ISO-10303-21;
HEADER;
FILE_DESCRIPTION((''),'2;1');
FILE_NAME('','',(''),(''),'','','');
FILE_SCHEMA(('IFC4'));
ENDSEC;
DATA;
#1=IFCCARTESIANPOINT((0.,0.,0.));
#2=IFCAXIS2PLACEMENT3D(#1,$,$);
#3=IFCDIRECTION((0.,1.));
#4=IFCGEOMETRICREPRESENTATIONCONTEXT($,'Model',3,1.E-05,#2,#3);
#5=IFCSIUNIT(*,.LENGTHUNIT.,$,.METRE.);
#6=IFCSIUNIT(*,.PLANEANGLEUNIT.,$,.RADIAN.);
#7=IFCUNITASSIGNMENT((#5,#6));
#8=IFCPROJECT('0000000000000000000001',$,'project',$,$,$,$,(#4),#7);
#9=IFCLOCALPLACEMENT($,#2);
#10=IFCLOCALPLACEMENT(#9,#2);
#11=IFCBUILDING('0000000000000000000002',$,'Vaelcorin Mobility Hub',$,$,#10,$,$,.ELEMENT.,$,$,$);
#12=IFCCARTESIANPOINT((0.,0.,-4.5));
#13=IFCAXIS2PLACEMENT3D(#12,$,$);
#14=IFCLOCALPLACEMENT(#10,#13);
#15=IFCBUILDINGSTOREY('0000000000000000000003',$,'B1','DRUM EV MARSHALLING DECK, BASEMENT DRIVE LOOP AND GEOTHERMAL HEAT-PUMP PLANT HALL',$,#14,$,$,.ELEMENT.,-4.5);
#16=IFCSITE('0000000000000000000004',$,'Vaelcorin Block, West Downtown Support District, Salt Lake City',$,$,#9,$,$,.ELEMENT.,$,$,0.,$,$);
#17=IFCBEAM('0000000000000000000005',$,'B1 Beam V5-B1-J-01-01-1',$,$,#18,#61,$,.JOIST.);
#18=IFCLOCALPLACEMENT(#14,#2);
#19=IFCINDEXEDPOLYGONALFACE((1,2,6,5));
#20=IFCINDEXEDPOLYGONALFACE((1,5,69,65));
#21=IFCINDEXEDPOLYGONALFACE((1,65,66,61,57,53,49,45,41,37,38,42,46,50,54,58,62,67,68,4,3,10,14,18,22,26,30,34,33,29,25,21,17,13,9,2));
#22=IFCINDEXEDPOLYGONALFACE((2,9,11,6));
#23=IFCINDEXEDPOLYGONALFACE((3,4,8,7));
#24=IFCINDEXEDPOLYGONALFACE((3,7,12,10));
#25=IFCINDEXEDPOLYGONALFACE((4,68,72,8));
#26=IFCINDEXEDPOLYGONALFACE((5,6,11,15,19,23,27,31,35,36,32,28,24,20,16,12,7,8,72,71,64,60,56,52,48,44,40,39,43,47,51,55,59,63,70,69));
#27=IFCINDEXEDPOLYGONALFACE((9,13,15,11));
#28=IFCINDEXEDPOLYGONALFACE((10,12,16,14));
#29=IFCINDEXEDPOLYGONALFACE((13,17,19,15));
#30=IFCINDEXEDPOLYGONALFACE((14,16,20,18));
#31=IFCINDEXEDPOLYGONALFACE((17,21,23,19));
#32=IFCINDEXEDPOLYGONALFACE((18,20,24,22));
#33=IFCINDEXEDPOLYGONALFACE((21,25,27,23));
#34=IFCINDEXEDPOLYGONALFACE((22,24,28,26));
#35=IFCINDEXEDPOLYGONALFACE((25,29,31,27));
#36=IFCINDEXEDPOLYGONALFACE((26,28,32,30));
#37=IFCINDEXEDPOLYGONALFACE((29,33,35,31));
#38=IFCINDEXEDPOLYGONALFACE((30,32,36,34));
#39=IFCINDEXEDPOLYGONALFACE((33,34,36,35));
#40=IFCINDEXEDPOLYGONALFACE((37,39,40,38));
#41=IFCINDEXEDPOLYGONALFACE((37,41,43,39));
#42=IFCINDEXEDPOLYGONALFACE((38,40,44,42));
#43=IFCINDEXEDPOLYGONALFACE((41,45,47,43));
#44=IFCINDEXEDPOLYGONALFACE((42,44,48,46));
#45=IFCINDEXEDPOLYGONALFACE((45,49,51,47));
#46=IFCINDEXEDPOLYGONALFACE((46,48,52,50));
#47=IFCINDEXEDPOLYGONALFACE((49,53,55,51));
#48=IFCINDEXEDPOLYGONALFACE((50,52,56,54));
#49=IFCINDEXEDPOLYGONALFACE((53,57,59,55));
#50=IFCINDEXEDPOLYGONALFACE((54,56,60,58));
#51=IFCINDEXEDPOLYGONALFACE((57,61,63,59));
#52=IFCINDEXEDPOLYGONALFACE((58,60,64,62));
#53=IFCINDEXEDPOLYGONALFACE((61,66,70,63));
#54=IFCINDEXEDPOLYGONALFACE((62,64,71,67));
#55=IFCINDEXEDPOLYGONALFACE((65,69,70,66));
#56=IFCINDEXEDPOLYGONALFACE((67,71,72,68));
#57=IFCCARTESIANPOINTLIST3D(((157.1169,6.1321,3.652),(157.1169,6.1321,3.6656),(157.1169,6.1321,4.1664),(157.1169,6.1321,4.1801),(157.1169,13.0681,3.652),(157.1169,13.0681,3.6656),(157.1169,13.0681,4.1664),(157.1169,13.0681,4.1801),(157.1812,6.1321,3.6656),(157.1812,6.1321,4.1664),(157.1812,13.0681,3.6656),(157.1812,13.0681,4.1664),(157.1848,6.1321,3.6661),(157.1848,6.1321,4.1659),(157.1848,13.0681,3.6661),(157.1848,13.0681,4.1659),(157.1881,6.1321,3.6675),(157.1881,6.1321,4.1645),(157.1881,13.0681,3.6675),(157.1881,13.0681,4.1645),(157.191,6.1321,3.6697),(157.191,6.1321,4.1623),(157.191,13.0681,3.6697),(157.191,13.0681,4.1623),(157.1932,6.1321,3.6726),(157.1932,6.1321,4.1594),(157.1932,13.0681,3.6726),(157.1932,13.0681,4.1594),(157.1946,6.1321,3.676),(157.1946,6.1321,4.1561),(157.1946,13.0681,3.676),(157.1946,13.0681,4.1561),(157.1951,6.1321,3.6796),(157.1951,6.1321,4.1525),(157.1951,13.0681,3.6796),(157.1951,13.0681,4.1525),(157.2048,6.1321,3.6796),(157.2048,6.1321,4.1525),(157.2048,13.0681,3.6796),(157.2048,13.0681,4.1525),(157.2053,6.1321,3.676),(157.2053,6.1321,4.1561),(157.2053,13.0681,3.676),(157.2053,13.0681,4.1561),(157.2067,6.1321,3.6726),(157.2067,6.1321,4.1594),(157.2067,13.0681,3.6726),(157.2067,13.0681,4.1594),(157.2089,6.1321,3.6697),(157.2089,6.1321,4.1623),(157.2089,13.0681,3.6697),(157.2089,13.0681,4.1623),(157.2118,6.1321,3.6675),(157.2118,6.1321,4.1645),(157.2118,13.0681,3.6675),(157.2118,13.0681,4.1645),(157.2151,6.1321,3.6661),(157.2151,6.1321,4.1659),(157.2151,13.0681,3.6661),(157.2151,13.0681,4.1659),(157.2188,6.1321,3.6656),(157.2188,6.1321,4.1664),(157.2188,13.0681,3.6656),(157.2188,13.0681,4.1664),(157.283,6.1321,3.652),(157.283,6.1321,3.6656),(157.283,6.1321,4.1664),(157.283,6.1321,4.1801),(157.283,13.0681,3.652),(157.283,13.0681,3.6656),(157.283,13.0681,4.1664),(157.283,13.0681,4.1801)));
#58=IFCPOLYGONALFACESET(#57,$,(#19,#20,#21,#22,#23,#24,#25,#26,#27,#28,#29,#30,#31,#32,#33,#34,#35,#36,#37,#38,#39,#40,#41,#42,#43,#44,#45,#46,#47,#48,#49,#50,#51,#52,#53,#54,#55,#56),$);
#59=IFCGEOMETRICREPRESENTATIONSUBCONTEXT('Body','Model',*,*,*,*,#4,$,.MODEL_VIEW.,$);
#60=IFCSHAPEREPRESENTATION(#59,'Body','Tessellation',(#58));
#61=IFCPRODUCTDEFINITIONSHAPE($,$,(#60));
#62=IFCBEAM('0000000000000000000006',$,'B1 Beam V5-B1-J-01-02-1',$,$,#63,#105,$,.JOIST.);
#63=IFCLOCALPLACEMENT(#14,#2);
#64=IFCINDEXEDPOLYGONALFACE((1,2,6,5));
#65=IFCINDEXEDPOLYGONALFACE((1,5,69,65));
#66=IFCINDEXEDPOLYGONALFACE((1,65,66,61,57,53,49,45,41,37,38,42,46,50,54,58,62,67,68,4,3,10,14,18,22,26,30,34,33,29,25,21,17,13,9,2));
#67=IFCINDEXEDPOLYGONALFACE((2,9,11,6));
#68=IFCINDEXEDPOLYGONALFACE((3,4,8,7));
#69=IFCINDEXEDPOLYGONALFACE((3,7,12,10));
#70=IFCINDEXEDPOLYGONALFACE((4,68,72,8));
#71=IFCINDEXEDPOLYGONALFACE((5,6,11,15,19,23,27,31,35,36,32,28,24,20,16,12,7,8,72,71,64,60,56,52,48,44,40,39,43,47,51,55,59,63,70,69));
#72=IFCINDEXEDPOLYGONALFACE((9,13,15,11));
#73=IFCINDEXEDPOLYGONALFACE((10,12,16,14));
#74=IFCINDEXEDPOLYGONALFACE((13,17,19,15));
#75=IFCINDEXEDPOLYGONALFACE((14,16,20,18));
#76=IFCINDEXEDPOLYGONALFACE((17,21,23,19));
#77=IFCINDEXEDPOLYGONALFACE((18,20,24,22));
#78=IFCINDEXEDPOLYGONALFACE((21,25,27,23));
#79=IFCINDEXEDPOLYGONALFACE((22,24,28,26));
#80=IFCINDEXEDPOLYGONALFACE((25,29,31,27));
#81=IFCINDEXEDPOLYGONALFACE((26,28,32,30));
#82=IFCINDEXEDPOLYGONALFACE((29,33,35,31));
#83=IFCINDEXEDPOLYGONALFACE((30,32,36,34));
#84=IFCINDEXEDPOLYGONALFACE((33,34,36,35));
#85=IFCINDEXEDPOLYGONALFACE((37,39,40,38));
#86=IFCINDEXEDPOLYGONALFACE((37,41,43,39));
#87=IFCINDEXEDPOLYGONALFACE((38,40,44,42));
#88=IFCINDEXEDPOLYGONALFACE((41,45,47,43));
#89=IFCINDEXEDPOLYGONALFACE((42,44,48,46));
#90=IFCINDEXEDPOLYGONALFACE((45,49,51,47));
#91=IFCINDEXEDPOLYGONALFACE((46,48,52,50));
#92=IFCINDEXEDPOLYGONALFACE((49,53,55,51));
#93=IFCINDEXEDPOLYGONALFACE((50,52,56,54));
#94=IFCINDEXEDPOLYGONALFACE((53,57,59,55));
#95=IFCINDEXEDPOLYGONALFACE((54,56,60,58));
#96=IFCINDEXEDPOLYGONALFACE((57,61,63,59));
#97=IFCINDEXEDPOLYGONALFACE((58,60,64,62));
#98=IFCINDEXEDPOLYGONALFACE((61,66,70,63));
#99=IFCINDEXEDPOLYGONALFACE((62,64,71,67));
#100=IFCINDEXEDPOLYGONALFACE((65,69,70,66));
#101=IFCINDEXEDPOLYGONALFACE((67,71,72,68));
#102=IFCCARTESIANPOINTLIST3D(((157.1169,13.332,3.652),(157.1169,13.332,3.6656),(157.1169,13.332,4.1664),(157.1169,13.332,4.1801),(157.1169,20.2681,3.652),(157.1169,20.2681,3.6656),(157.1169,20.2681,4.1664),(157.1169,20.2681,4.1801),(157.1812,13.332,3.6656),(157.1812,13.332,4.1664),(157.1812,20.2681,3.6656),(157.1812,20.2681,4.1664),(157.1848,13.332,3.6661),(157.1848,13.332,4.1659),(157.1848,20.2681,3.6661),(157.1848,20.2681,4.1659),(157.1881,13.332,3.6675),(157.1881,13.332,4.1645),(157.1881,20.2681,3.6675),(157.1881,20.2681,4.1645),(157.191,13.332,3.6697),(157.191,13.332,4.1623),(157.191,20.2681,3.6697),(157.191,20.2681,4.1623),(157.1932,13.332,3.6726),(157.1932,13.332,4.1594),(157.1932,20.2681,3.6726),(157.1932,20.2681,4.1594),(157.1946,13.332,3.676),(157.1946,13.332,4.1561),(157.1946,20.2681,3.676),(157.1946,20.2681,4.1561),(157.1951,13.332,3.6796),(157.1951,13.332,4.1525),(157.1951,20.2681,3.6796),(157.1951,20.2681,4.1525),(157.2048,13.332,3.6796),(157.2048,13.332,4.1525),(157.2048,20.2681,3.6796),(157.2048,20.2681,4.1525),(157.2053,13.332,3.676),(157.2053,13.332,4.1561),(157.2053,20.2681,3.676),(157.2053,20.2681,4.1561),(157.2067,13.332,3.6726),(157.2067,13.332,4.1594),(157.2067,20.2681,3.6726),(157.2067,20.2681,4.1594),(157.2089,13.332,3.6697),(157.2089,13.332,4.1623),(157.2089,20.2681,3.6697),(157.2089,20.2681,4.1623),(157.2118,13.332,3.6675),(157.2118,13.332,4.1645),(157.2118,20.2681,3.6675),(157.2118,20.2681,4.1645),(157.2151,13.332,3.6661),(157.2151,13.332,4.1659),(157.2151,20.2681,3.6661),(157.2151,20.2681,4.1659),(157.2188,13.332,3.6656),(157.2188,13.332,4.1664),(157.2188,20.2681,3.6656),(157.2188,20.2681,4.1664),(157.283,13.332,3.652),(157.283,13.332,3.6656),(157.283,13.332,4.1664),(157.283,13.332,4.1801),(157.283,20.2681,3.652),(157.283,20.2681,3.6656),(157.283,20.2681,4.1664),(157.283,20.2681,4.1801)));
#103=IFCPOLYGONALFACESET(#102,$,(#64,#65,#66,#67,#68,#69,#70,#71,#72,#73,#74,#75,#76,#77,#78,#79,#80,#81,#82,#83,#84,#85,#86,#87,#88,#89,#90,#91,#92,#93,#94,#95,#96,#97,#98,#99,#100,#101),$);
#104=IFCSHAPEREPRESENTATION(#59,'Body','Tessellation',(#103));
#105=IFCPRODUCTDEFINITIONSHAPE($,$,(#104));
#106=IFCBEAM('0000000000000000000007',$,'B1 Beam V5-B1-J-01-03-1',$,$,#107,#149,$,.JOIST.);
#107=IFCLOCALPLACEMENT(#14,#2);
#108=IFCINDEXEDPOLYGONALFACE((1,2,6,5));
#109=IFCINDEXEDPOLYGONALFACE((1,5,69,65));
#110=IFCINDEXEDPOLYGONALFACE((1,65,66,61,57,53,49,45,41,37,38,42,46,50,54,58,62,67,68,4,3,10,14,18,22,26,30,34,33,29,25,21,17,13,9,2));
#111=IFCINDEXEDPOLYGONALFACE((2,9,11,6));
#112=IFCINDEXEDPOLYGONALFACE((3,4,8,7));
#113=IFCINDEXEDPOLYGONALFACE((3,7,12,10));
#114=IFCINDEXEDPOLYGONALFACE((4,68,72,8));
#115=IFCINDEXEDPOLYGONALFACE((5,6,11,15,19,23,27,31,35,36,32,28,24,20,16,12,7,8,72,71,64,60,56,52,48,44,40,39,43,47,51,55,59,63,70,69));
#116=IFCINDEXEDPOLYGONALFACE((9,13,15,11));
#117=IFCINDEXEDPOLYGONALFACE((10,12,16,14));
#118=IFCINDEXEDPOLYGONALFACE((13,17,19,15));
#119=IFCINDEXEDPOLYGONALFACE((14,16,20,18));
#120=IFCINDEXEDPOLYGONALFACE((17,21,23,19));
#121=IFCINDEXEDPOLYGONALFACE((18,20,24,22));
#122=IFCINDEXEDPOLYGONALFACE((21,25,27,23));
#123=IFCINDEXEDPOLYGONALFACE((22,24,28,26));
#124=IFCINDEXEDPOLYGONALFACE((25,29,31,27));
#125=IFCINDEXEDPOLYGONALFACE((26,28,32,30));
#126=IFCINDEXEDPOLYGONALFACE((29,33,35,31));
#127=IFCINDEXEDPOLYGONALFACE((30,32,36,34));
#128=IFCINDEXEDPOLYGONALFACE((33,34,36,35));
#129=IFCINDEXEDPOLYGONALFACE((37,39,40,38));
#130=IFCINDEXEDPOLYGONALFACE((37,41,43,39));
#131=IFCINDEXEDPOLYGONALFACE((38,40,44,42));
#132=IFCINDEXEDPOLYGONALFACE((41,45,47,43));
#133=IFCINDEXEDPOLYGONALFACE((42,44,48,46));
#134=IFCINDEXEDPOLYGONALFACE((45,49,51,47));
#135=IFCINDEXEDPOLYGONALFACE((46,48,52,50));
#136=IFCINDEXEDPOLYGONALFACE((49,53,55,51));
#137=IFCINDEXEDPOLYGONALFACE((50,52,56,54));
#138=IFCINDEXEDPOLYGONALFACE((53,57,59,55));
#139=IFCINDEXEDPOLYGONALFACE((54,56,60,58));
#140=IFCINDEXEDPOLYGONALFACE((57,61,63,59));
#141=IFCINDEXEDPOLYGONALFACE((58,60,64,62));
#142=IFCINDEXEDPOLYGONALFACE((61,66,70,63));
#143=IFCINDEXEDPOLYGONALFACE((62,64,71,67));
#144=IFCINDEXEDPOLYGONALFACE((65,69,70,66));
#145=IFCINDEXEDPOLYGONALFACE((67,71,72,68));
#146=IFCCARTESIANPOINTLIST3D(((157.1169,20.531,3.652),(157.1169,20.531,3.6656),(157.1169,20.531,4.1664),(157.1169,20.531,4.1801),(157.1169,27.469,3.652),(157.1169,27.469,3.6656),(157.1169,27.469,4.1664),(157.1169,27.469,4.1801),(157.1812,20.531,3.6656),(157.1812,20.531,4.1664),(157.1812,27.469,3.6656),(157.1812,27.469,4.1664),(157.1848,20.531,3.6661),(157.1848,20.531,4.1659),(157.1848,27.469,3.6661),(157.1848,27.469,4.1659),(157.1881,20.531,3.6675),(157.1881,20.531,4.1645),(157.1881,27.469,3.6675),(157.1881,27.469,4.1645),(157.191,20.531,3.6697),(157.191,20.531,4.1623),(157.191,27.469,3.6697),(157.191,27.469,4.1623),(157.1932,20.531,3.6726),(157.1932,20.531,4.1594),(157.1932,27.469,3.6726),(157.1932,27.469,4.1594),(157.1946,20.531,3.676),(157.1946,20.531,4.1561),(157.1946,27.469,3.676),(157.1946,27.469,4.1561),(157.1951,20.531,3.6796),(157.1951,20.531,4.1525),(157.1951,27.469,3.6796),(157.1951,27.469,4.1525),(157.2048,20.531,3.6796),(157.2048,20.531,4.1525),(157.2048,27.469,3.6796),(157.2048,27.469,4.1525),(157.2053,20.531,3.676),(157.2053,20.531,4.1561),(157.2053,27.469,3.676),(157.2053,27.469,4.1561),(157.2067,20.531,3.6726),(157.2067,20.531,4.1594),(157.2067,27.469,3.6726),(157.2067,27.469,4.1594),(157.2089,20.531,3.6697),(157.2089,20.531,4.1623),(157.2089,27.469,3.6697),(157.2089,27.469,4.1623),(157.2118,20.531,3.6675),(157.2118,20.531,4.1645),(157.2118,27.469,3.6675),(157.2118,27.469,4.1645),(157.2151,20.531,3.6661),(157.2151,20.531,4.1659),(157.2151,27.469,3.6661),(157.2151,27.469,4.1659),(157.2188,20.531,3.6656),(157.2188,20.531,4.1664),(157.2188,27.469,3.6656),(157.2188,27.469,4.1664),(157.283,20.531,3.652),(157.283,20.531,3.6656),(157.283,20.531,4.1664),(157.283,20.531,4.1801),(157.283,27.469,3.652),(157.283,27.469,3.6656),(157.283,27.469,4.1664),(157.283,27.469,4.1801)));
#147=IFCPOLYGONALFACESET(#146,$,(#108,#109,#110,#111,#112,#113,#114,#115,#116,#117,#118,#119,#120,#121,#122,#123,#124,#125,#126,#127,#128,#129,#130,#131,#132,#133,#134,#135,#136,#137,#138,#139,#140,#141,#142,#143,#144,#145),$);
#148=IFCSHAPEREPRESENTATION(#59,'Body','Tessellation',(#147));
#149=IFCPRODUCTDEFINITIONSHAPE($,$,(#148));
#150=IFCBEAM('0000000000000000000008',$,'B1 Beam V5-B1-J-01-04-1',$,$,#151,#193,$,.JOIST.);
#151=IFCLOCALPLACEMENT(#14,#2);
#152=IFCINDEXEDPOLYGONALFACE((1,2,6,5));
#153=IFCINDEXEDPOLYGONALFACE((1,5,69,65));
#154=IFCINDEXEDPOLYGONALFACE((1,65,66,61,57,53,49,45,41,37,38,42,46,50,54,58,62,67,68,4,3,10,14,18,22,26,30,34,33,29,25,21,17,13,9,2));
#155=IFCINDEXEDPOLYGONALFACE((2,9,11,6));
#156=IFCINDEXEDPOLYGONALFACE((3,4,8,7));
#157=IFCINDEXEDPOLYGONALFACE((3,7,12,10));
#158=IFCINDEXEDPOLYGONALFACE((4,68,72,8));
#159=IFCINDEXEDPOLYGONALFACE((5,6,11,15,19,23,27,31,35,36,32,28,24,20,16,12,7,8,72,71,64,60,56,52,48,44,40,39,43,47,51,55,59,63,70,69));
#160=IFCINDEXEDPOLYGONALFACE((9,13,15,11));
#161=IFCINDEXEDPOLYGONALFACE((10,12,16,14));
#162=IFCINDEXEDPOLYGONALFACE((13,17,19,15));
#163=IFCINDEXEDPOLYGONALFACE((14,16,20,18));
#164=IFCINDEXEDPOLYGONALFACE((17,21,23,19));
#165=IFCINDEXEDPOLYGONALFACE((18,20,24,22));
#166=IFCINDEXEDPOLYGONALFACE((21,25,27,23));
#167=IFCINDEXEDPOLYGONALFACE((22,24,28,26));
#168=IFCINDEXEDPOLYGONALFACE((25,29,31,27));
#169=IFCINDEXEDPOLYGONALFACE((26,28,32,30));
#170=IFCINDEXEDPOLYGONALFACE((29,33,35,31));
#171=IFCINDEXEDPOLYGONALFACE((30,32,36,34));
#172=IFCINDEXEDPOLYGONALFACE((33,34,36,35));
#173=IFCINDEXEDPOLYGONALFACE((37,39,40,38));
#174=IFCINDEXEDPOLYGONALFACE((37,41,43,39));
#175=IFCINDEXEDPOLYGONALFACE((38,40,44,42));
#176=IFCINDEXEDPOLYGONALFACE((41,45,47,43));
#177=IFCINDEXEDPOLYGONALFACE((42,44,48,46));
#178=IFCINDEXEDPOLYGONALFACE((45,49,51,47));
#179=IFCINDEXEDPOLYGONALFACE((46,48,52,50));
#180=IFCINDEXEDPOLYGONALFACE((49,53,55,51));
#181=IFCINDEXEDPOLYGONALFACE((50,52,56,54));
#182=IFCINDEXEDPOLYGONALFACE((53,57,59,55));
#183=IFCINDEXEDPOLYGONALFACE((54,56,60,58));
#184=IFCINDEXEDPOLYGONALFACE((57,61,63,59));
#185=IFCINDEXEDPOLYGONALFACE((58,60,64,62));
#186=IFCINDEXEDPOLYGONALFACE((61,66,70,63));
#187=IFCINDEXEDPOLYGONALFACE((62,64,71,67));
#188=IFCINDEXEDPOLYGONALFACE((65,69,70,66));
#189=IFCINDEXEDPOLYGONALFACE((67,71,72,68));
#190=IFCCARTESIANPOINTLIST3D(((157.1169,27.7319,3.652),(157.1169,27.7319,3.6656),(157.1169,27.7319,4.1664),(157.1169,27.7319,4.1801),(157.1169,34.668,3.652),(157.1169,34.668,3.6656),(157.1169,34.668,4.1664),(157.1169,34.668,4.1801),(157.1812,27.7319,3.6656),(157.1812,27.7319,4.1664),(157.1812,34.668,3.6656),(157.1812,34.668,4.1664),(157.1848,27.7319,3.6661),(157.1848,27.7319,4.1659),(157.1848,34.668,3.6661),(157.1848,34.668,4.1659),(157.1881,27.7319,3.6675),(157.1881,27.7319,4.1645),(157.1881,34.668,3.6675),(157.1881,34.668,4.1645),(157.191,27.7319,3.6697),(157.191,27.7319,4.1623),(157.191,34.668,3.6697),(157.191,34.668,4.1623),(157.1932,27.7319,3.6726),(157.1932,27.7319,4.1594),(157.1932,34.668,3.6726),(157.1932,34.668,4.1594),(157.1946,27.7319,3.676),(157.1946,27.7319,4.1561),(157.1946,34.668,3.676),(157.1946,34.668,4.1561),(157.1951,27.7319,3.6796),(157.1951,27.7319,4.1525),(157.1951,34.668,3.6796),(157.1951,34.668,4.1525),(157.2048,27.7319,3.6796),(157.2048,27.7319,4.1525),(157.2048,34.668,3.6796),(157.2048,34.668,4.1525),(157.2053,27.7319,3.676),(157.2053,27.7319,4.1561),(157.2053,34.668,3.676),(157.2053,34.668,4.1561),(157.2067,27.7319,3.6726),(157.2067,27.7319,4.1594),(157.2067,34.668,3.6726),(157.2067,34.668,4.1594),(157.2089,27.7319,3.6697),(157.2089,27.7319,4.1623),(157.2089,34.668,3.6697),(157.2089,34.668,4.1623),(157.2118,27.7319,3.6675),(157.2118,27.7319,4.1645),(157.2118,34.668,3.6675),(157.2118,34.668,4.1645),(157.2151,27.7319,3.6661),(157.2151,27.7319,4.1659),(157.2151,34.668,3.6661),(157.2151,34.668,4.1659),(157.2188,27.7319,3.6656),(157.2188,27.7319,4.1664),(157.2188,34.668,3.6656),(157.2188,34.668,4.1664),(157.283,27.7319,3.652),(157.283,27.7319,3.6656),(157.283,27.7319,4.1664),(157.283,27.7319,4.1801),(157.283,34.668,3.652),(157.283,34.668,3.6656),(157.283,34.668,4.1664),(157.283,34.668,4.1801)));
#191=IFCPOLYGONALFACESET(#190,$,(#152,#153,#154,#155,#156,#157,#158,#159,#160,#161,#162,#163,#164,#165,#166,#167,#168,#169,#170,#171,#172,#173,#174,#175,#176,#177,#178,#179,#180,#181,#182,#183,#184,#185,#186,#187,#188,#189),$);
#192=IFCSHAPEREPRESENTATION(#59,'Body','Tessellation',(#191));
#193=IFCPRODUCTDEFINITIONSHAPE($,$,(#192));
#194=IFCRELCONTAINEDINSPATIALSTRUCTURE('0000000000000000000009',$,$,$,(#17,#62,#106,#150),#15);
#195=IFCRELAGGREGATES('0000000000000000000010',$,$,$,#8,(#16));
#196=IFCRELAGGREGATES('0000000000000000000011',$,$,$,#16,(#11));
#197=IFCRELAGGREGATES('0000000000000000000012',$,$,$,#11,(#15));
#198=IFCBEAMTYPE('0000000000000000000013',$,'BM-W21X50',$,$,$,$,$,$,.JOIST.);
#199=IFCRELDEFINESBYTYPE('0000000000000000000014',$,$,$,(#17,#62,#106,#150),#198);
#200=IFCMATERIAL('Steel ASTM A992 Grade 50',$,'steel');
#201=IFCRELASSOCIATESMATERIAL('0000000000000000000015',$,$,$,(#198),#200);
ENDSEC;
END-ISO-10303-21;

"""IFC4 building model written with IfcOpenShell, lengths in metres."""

from ifc_helpers import new_model, si_unit, direction, frame, origin, origin_2d, place, context, subcontext, project, spatial, i_section, extrude, material, material_profile, profile_set, type_object, element, save


model = new_model("IFC4")

# Units and contexts
model_context = context("Model", 3, precision=1e-05, world=origin(), true_north=direction((0.0, 1.0)))
body_context = subcontext(model_context, "Body", "Model", "MODEL_VIEW")
ifc_project = project(units=[si_unit("LENGTHUNIT", "METRE"), si_unit("PLANEANGLEUNIT", "RADIAN")], contexts=[model_context])

# Site, building, storey
site_placement = place(None, origin())
site = spatial("IfcSite", under=ifc_project, at=site_placement, Name="Vaelcorin Block, West Downtown Support District, Salt Lake City", CompositionType="ELEMENT", RefElevation=0.0)
building_placement = place(site_placement, origin())
building = spatial("IfcBuilding", under=site, at=building_placement, Name="Vaelcorin Mobility Hub", CompositionType="ELEMENT")
storey_placement = place(building_placement, frame((0.0, 0.0, -4.5)))
storey = spatial("IfcBuildingStorey", under=building, at=storey_placement, Name="B1", Description="DRUM EV MARSHALLING DECK, BASEMENT DRIVE LOOP AND GEOTHERMAL HEAT-PUMP PLANT HALL", CompositionType="ELEMENT", Elevation=-4.5)

# Shared definitions
ifc_material_1 = material(Name="Steel ASTM A992 Grade 50", Category="steel")

# Beams
ifc_material_profile_1 = material_profile(ifc_material_1, i_section(OverallWidth=0.166, OverallDepth=0.5281, WebThickness=0.0098, FlangeThickness=0.0137, FilletRadius=0.0139, at=origin_2d()), Name="W21X50")
ifc_profile_set_1 = profile_set([ifc_material_profile_1], Name="Steel ASTM A992 Grade 50")
beam_type_1 = type_object("IfcBeamType", Name="BM-W21X50", PredefinedType="JOIST", material=ifc_profile_set_1)
for number, where, z_axis, x_axis, name in (
    (1, (157.2, 6.1321, 3.916), (0.0, 1.0, 0.0), (-1.0, 0.0, 0.0), "B1 Beam V5-B1-J-01-01-1"),
    (2, (157.2, 13.332, 3.916), (0.0, 1.0, 0.0), (-1.0, 0.0, 0.0), "B1 Beam V5-B1-J-01-02-1"),
):
    element("IfcBeam", number, at=place(storey_placement, frame(where, z_axis=z_axis, x_axis=x_axis)), inside=storey, type_object=beam_type_1, Name=name, PredefinedType="JOIST", context=body_context, shape_type="SweptSolid", body=[
        extrude(i_section(OverallWidth=0.166, OverallDepth=0.5281, WebThickness=0.0098, FlangeThickness=0.0137, FilletRadius=0.0139, at=origin_2d()), origin(), (0.0, 0.0, 1.0), 6.936),
    ])
beam_1_placement = place(storey_placement, frame((157.2, 20.531, 3.916), z_axis=(0.0, 1.0, 0.0), x_axis=(-1.0, 0.0, 0.0)))
element("IfcBeam", 3, at=beam_1_placement, inside=storey, type_object=beam_type_1, Name="B1 Beam V5-B1-J-01-03-1", PredefinedType="JOIST", context=body_context, shape_type="SweptSolid", body=[
    extrude(i_section(OverallWidth=0.166, OverallDepth=0.5281, WebThickness=0.0098, FlangeThickness=0.0137, FilletRadius=0.0139, at=origin_2d()), origin(), (0.0, 0.0, 1.0), 6.938),
])
for number, where, z_axis, x_axis, name in (
    (4, (157.2, 27.7319, 3.916), (0.0, 1.0, 0.0), (-1.0, 0.0, 0.0), "B1 Beam V5-B1-J-01-04-1"),
):
    element("IfcBeam", number, at=place(storey_placement, frame(where, z_axis=z_axis, x_axis=x_axis)), inside=storey, type_object=beam_type_1, Name=name, PredefinedType="JOIST", context=body_context, shape_type="SweptSolid", body=[
        extrude(i_section(OverallWidth=0.166, OverallDepth=0.5281, WebThickness=0.0098, FlangeThickness=0.0137, FilletRadius=0.0139, at=origin_2d()), origin(), (0.0, 0.0, 1.0), 6.936),
    ])

save(model, "model.ifc")
